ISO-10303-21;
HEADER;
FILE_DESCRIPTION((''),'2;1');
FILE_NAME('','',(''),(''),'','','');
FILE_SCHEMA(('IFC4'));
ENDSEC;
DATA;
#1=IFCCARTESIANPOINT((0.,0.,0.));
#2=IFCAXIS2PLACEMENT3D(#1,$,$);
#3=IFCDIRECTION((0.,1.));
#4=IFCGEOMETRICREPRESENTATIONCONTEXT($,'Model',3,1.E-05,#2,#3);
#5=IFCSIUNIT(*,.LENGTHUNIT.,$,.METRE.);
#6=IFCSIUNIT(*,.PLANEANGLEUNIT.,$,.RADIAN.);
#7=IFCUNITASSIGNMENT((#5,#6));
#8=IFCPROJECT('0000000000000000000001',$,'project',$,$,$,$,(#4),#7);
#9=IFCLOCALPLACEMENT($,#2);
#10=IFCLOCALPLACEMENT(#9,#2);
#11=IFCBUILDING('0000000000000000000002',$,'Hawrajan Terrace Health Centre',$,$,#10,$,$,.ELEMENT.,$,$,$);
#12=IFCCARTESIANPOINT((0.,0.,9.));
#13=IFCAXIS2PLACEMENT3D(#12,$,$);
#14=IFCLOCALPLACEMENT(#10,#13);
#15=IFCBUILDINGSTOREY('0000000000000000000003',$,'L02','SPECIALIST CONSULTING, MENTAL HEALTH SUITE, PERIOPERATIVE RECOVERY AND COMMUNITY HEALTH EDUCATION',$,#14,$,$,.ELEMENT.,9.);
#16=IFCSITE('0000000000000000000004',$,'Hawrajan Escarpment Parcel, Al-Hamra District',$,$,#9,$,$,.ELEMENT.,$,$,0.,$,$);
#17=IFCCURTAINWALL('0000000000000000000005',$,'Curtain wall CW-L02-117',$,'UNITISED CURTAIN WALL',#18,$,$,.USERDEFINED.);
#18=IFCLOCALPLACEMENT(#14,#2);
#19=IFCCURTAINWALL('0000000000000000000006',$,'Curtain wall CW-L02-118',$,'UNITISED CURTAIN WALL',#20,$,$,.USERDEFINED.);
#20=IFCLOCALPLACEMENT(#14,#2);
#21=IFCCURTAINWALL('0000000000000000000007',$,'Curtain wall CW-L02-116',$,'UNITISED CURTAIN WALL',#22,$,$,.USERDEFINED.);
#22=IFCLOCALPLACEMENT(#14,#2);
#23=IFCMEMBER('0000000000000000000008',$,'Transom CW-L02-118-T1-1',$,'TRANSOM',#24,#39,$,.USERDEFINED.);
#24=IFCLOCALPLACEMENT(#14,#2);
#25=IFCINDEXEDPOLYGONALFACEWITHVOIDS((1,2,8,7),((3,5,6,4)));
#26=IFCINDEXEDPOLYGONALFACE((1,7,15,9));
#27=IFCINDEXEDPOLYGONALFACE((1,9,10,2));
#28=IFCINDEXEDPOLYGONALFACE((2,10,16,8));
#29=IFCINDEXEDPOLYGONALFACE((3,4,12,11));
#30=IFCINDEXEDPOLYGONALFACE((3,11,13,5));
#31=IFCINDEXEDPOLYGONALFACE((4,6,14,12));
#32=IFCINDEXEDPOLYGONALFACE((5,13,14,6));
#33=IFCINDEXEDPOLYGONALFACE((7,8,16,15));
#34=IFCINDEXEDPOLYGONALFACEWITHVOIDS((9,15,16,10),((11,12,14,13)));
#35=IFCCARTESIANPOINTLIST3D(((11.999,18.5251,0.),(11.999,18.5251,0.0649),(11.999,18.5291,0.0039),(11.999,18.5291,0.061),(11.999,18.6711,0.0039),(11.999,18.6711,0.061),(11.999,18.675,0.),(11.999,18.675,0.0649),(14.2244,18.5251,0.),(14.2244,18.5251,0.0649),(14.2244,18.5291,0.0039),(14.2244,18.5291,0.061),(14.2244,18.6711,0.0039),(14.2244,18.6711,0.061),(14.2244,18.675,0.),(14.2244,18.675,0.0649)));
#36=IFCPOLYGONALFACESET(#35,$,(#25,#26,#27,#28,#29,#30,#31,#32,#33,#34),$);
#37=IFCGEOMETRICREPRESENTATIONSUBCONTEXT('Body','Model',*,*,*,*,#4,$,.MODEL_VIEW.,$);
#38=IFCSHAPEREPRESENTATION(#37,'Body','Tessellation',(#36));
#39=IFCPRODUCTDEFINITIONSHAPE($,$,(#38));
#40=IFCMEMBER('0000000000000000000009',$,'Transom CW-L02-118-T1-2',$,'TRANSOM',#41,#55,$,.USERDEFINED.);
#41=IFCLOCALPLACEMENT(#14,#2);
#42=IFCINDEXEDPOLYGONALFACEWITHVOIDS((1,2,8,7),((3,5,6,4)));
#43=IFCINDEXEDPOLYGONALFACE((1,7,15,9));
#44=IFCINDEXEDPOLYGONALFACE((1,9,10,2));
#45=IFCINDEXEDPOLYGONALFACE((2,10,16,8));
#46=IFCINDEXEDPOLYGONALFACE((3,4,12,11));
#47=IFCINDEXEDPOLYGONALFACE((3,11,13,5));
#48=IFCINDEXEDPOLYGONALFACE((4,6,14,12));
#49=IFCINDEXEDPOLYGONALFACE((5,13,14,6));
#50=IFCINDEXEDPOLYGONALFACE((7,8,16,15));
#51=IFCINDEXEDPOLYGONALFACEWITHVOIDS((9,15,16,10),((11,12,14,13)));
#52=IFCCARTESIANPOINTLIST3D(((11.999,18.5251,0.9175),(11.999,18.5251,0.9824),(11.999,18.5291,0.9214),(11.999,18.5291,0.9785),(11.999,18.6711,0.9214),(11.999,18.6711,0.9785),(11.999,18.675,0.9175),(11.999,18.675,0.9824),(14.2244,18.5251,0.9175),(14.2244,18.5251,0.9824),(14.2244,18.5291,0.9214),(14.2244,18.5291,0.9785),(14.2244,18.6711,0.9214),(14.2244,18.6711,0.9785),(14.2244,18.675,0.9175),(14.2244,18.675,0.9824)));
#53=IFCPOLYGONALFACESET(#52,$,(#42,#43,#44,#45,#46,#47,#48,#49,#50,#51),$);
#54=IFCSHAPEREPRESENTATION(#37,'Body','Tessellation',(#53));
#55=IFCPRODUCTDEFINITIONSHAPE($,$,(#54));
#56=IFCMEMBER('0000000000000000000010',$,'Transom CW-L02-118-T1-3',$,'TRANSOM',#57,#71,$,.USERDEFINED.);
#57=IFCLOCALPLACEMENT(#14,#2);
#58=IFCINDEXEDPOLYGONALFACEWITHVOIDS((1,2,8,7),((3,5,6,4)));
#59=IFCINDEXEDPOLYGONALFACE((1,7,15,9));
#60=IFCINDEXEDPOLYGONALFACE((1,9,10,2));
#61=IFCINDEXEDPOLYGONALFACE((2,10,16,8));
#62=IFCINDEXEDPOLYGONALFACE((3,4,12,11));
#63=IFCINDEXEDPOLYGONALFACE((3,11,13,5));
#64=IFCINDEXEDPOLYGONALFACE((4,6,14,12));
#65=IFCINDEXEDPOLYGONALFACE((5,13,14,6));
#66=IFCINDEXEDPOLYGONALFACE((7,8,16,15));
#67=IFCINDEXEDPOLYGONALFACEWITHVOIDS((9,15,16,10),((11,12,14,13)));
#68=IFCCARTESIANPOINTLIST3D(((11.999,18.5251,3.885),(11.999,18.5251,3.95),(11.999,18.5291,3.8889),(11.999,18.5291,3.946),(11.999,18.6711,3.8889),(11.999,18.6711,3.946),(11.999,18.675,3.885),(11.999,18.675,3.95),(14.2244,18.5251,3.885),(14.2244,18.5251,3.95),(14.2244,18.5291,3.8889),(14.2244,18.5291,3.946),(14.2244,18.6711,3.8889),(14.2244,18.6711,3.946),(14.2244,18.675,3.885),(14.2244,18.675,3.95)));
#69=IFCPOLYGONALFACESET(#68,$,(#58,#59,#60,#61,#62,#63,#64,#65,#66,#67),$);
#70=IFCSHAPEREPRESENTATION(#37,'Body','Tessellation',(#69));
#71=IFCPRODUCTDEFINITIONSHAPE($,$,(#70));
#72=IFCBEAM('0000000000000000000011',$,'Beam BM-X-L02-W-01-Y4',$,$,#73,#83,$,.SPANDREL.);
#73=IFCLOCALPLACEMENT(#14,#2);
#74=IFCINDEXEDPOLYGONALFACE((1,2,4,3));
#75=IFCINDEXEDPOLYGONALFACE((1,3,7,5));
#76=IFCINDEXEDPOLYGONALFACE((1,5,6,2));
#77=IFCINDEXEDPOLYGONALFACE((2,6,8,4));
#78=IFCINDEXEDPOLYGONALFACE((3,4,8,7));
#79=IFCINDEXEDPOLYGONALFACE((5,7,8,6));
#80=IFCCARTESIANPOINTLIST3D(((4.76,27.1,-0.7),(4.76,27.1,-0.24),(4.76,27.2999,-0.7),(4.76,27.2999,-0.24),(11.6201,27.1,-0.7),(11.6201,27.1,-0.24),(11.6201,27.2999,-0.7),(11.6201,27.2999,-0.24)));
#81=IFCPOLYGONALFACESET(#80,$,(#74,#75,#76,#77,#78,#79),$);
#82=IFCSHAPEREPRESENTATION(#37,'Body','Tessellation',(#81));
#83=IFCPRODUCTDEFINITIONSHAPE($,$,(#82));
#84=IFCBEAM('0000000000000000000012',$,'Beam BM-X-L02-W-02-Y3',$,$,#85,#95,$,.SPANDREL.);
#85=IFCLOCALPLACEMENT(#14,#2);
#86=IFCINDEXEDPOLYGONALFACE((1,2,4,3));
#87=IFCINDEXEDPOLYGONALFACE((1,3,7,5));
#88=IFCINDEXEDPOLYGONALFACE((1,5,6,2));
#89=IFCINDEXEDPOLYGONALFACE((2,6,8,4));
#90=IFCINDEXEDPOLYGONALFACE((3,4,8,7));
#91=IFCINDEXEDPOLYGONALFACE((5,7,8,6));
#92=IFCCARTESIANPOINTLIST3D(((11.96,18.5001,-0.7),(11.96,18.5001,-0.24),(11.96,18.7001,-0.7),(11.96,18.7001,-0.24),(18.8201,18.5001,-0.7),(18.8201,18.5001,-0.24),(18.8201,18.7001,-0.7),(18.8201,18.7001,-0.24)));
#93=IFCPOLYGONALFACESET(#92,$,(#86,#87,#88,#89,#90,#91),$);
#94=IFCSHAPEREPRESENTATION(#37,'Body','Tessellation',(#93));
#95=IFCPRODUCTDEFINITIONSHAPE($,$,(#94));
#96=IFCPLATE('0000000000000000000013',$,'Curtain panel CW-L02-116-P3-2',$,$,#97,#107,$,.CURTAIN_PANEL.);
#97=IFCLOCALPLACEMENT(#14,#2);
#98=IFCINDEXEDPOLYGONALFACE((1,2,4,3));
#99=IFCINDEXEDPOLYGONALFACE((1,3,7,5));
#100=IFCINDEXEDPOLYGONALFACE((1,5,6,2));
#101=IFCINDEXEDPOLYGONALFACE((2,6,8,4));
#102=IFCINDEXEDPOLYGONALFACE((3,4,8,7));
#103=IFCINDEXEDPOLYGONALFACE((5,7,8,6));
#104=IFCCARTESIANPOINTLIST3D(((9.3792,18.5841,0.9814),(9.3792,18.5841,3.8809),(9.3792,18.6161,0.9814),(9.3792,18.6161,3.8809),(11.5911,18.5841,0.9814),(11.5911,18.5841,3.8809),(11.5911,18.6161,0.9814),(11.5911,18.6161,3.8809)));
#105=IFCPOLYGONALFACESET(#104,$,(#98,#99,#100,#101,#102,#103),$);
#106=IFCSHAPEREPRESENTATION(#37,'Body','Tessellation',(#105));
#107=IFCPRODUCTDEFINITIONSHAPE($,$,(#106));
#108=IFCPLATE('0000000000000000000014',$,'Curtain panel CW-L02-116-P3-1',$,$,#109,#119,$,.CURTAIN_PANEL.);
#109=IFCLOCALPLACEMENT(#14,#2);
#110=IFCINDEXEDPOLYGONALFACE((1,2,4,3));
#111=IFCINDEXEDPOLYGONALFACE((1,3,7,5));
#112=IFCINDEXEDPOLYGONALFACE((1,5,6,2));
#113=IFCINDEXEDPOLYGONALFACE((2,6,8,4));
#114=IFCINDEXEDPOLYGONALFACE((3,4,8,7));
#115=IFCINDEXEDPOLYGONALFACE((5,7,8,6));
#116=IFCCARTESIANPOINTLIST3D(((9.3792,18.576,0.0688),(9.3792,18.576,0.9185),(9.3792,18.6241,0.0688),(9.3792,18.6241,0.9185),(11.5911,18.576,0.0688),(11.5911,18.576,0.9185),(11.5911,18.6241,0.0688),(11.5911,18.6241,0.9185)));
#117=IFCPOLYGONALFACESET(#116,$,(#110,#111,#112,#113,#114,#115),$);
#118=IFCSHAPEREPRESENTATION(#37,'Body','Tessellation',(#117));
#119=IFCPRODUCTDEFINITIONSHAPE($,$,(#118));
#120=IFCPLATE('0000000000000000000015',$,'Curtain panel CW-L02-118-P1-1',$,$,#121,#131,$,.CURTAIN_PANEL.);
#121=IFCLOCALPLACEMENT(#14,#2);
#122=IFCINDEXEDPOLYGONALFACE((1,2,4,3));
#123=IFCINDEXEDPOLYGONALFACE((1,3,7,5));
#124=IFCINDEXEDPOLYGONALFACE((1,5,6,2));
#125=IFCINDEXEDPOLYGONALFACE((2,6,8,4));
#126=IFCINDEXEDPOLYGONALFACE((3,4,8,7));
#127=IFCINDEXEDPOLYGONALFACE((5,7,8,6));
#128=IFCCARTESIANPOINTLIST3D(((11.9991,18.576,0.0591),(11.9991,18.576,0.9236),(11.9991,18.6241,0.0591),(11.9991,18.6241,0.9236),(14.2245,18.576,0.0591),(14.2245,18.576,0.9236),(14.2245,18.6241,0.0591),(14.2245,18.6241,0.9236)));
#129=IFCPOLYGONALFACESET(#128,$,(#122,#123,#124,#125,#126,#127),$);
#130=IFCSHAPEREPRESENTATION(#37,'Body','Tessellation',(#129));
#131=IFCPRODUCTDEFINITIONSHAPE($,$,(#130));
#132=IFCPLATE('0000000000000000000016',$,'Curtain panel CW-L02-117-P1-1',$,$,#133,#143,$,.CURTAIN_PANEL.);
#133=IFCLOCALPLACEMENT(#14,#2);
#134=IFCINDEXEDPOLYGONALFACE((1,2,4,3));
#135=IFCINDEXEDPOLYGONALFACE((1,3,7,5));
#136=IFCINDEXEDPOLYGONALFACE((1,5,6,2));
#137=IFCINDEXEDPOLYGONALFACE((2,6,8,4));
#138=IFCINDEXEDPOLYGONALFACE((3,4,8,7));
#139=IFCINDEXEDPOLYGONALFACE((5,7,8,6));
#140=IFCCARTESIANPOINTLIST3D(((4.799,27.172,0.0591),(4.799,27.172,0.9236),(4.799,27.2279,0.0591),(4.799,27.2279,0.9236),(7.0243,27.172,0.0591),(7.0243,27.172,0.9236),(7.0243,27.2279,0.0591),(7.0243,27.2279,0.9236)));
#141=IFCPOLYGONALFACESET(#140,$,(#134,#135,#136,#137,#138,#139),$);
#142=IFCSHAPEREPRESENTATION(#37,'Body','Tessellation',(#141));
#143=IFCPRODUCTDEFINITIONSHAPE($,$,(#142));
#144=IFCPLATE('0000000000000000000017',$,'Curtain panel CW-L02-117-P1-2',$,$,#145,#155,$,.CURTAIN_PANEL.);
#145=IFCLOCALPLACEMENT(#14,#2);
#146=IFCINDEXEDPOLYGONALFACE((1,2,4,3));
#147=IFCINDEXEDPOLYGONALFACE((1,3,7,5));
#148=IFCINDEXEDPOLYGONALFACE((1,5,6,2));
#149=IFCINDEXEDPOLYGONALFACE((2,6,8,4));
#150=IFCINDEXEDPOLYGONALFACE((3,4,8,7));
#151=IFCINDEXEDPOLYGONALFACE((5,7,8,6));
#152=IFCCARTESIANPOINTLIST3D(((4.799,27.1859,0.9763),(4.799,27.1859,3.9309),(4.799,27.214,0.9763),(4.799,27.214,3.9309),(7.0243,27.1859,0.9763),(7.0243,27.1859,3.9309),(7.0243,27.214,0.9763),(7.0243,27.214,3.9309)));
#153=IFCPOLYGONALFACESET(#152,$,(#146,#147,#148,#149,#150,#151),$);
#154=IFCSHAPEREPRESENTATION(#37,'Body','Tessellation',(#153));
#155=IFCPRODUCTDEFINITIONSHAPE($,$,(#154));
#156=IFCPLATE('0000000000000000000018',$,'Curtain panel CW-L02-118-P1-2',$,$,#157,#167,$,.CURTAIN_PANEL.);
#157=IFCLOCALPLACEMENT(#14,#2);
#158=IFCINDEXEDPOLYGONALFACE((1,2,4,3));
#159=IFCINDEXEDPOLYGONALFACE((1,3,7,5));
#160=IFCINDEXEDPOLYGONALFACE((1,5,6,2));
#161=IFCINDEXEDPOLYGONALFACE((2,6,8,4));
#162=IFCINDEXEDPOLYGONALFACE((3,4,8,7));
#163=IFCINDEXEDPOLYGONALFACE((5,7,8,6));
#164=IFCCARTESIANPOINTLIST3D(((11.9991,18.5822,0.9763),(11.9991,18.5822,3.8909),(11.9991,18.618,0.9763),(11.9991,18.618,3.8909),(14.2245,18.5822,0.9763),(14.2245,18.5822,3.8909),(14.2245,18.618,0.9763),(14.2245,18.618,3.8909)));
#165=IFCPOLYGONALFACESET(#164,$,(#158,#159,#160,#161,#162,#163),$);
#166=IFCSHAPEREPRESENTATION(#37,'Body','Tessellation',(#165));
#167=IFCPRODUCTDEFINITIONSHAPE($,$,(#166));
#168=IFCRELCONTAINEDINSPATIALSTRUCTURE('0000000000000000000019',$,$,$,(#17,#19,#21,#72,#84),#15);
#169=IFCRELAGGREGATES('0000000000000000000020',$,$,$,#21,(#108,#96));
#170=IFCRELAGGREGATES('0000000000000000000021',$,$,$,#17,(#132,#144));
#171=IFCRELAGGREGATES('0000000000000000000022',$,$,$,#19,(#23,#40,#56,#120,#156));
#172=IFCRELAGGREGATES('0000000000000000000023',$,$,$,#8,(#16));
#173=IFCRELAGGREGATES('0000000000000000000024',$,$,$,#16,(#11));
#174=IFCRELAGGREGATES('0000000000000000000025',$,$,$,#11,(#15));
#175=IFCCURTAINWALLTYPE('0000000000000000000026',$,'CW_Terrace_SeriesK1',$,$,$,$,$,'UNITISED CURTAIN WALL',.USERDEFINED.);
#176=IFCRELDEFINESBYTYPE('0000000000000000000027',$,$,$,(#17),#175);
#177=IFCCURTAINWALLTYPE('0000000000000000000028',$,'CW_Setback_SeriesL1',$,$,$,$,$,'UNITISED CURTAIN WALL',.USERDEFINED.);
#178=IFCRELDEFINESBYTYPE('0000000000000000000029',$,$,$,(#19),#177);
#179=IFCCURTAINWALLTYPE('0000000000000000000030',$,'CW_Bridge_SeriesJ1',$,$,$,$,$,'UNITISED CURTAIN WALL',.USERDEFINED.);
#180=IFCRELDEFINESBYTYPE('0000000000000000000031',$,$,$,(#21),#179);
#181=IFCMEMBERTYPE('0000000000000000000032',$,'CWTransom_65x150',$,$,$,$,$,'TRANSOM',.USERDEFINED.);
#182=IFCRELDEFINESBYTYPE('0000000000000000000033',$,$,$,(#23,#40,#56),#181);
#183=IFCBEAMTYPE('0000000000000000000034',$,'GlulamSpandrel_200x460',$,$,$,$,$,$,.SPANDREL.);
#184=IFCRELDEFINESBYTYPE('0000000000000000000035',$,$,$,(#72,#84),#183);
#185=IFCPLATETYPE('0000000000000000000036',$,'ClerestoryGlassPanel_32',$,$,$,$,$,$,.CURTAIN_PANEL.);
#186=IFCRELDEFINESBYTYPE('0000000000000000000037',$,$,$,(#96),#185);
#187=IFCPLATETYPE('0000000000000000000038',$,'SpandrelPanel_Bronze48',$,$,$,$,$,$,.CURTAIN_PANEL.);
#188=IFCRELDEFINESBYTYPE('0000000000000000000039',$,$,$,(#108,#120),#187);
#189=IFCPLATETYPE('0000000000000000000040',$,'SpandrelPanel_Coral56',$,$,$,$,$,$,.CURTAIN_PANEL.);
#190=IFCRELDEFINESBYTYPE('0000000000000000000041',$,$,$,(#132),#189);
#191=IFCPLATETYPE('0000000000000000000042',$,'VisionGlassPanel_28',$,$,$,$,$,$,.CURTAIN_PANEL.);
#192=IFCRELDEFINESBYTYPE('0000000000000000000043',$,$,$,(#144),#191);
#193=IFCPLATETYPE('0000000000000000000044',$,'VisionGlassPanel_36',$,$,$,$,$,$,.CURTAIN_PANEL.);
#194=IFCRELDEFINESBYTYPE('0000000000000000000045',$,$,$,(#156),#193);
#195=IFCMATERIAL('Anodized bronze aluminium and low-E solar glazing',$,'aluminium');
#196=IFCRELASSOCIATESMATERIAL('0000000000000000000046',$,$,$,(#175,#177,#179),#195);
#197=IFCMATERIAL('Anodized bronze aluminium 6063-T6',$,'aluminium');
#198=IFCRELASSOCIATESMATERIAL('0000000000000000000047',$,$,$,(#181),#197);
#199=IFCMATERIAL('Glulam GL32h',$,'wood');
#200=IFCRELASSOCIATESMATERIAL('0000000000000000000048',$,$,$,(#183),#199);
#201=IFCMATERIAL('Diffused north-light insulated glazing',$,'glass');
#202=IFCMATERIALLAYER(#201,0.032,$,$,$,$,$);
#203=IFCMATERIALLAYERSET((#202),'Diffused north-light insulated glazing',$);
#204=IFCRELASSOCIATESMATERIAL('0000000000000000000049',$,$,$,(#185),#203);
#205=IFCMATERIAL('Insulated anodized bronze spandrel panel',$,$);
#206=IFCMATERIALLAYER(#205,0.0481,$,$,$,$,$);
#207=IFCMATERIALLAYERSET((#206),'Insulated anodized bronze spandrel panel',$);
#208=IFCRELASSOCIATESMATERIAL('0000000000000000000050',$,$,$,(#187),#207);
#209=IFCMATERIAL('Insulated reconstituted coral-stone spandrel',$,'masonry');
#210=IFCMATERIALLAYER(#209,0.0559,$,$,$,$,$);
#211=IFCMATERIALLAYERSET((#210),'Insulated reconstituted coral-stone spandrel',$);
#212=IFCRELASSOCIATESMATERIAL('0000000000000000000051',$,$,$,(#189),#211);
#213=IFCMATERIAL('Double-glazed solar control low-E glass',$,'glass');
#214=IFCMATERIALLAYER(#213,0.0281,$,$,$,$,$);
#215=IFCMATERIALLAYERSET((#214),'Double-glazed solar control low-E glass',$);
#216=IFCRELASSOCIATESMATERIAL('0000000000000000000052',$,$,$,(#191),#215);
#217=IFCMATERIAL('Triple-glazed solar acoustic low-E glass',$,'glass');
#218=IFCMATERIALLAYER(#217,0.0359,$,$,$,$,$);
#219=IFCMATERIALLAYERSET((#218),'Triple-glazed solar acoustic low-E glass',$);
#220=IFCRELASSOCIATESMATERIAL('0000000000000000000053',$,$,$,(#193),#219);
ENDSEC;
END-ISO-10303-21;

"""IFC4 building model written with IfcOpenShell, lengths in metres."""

from ifc_helpers import new_model, si_unit, direction, frame, origin, origin_2d, place, context, subcontext, project, spatial, rectangle, hollow_rectangle, extrude, material, layer, layer_set, material_profile, profile_set, type_object, element, aggregate, save


model = new_model("IFC4")

# Units and contexts
model_context = context("Model", 3, precision=1e-05, world=origin(), true_north=direction((0.0, 1.0)))
body_context = subcontext(model_context, "Body", "Model", "MODEL_VIEW")
ifc_project = project(units=[si_unit("LENGTHUNIT", "METRE"), si_unit("PLANEANGLEUNIT", "RADIAN")], contexts=[model_context])

# Site, building, storey
site_placement = place(None, origin())
site = spatial("IfcSite", under=ifc_project, at=site_placement, Name="Hawrajan Escarpment Parcel, Al-Hamra District", CompositionType="ELEMENT", RefElevation=0.0)
building_placement = place(site_placement, origin())
building = spatial("IfcBuilding", under=site, at=building_placement, Name="Hawrajan Terrace Health Centre", CompositionType="ELEMENT")
storey_placement = place(building_placement, frame((0.0, 0.0, 9.0)))
storey = spatial("IfcBuildingStorey", under=building, at=storey_placement, Name="L02", Description="SPECIALIST CONSULTING, MENTAL HEALTH SUITE, PERIOPERATIVE RECOVERY AND COMMUNITY HEALTH EDUCATION", CompositionType="ELEMENT", Elevation=9.0)

# Shared definitions
ifc_material_1 = material(Name="Glulam GL32h", Category="wood")

# Curtain wall
ifc_material_2 = material(Name="Anodized bronze aluminium and low-E solar glazing", Category="aluminium")
curtain_wall_type_1 = type_object("IfcCurtainWallType", Name="CW_Terrace_SeriesK1", ElementType="UNITISED CURTAIN WALL", PredefinedType="USERDEFINED", material=ifc_material_2)
curtain_wall_1_placement = place(storey_placement, origin())
curtain_wall_1 = element("IfcCurtainWall", 1, at=curtain_wall_1_placement, inside=storey, type_object=curtain_wall_type_1, Name="Curtain wall CW-L02-117", ObjectType="UNITISED CURTAIN WALL", PredefinedType="USERDEFINED")
ifc_material_3 = material(Name="Anodized bronze aluminium 6063-T6", Category="aluminium")

# Curtain walls
curtain_wall_type_2 = type_object("IfcCurtainWallType", Name="CW_Setback_SeriesL1", ElementType="UNITISED CURTAIN WALL", PredefinedType="USERDEFINED", material=ifc_material_2)
curtain_wall_2_placement = place(storey_placement, origin())
curtain_wall_2 = element("IfcCurtainWall", 2, at=curtain_wall_2_placement, inside=storey, type_object=curtain_wall_type_2, Name="Curtain wall CW-L02-118", ObjectType="UNITISED CURTAIN WALL", PredefinedType="USERDEFINED")
curtain_wall_type_3 = type_object("IfcCurtainWallType", Name="CW_Bridge_SeriesJ1", ElementType="UNITISED CURTAIN WALL", PredefinedType="USERDEFINED", material=ifc_material_2)
curtain_wall_3_placement = place(storey_placement, origin())
curtain_wall_3 = element("IfcCurtainWall", 3, at=curtain_wall_3_placement, inside=storey, type_object=curtain_wall_type_3, Name="Curtain wall CW-L02-116", ObjectType="UNITISED CURTAIN WALL", PredefinedType="USERDEFINED")

# Members
ifc_material_profile_1 = material_profile(ifc_material_3, hollow_rectangle(XDim=0.0649, YDim=0.1499, WallThickness=0.0039, at=origin_2d()), Name="CW TRN 65x150")
ifc_profile_set_1 = profile_set([ifc_material_profile_1], Name="Anodized bronze aluminium 6063-T6")
member_type_1 = type_object("IfcMemberType", Name="CWTransom_65x150", ElementType="TRANSOM", PredefinedType="USERDEFINED", material=ifc_profile_set_1)
member_1_placement = place(storey_placement, frame((11.999, 18.6001, 0.0325), z_axis=(1.0, 0.0, 0.0), x_axis=(0.0, 0.0, 1.0)))
member_1 = element("IfcMember", 4, at=member_1_placement, type_object=member_type_1, Name="Transom CW-L02-118-T1-1", ObjectType="TRANSOM", PredefinedType="USERDEFINED", context=body_context, shape_type="SweptSolid", body=[
    extrude(hollow_rectangle(XDim=0.0649, YDim=0.1499, WallThickness=0.0039, at=origin_2d()), origin(), (0.0, 0.0, 1.0), 2.2253),
])
member_2_placement = place(storey_placement, frame((11.999, 18.6001, 0.95), z_axis=(1.0, 0.0, 0.0), x_axis=(0.0, 0.0, 1.0)))
member_2 = element("IfcMember", 5, at=member_2_placement, type_object=member_type_1, Name="Transom CW-L02-118-T1-2", ObjectType="TRANSOM", PredefinedType="USERDEFINED", context=body_context, shape_type="SweptSolid", body=[
    extrude(hollow_rectangle(XDim=0.0649, YDim=0.1499, WallThickness=0.0039, at=origin_2d()), origin(), (0.0, 0.0, 1.0), 2.2253),
])
member_3_placement = place(storey_placement, frame((11.999, 18.6001, 3.9175), z_axis=(1.0, 0.0, 0.0), x_axis=(0.0, 0.0, 1.0)))
member_3 = element("IfcMember", 6, at=member_3_placement, type_object=member_type_1, Name="Transom CW-L02-118-T1-3", ObjectType="TRANSOM", PredefinedType="USERDEFINED", context=body_context, shape_type="SweptSolid", body=[
    extrude(hollow_rectangle(XDim=0.0649, YDim=0.1499, WallThickness=0.0039, at=origin_2d()), origin(), (0.0, 0.0, 1.0), 2.2253),
])

# Beams
ifc_material_profile_2 = material_profile(ifc_material_1, rectangle(XDim=0.2, YDim=0.46, at=origin_2d()), Name="GL SP 200x460")
ifc_profile_set_2 = profile_set([ifc_material_profile_2], Name="Glulam GL32h")
beam_type = type_object("IfcBeamType", Name="GlulamSpandrel_200x460", PredefinedType="SPANDREL", material=ifc_profile_set_2)
for number, where, z_axis, x_axis, name in (
    (7, (4.76, 27.2, -0.47), (1.0, 0.0, 0.0), (0.0, 1.0, 0.0), "Beam BM-X-L02-W-01-Y4"),
    (8, (11.96, 18.6001, -0.47), (1.0, 0.0, 0.0), (0.0, 1.0, 0.0), "Beam BM-X-L02-W-02-Y3"),
):
    element("IfcBeam", number, at=place(storey_placement, frame(where, z_axis=z_axis, x_axis=x_axis)), inside=storey, type_object=beam_type, Name=name, PredefinedType="SPANDREL", context=body_context, shape_type="SweptSolid", body=[
        extrude(rectangle(XDim=0.2, YDim=0.46, at=origin_2d()), origin(), (0.0, 0.0, 1.0), 6.8601),
    ])

# Plates
ifc_material_4 = material(Name="Diffused north-light insulated glazing", Category="glass")
ifc_layer_1 = layer(ifc_material_4, 0.032)
ifc_layer_set_1 = layer_set([ifc_layer_1], Name="Diffused north-light insulated glazing")
plate_type_1 = type_object("IfcPlateType", Name="ClerestoryGlassPanel_32", PredefinedType="CURTAIN_PANEL", material=ifc_layer_set_1)
plate_1_placement = place(storey_placement, frame((10.4851, 18.6001, 0.9814), z_axis=(0.0, 0.0, 1.0), x_axis=(1.0, 0.0, 0.0)))
plate_1 = element("IfcPlate", 9, at=plate_1_placement, type_object=plate_type_1, Name="Curtain panel CW-L02-116-P3-2", PredefinedType="CURTAIN_PANEL", context=body_context, shape_type="SweptSolid", body=[
    extrude(rectangle(XDim=2.2119, YDim=0.032, at=origin_2d()), origin(), (0.0, 0.0, 1.0), 2.8994),
])
ifc_material_5 = material(Name="Insulated anodized bronze spandrel panel")
ifc_layer_2 = layer(ifc_material_5, 0.0481)
ifc_layer_set_2 = layer_set([ifc_layer_2], Name="Insulated anodized bronze spandrel panel")
plate_type_2 = type_object("IfcPlateType", Name="SpandrelPanel_Bronze48", PredefinedType="CURTAIN_PANEL", material=ifc_layer_set_2)
plate_2_placement = place(storey_placement, frame((10.4851, 18.6001, 0.0688), z_axis=(0.0, 0.0, 1.0), x_axis=(1.0, 0.0, 0.0)))
plate_2 = element("IfcPlate", 10, at=plate_2_placement, type_object=plate_type_2, Name="Curtain panel CW-L02-116-P3-1", PredefinedType="CURTAIN_PANEL", context=body_context, shape_type="SweptSolid", body=[
    extrude(rectangle(XDim=2.2119, YDim=0.0481, at=origin_2d()), origin(), (0.0, 0.0, 1.0), 0.8496),
])
aggregate(curtain_wall_3, [plate_2, plate_1])
plate_3_placement = place(storey_placement, frame((13.1118, 18.6001, 0.0591), z_axis=(0.0, 0.0, 1.0), x_axis=(1.0, 0.0, 0.0)))
plate_3 = element("IfcPlate", 11, at=plate_3_placement, type_object=plate_type_2, Name="Curtain panel CW-L02-118-P1-1", PredefinedType="CURTAIN_PANEL", context=body_context, shape_type="SweptSolid", body=[
    extrude(rectangle(XDim=2.2253, YDim=0.0481, at=origin_2d()), origin(), (0.0, 0.0, 1.0), 0.8645),
])
ifc_material_6 = material(Name="Insulated reconstituted coral-stone spandrel", Category="masonry")
ifc_layer_3 = layer(ifc_material_6, 0.0559)
ifc_layer_set_3 = layer_set([ifc_layer_3], Name="Insulated reconstituted coral-stone spandrel")
plate_type_3 = type_object("IfcPlateType", Name="SpandrelPanel_Coral56", PredefinedType="CURTAIN_PANEL", material=ifc_layer_set_3)
plate_4_placement = place(storey_placement, frame((5.9116, 27.2, 0.0591), z_axis=(0.0, 0.0, 1.0), x_axis=(1.0, 0.0, 0.0)))
plate_4 = element("IfcPlate", 12, at=plate_4_placement, type_object=plate_type_3, Name="Curtain panel CW-L02-117-P1-1", PredefinedType="CURTAIN_PANEL", context=body_context, shape_type="SweptSolid", body=[
    extrude(rectangle(XDim=2.2253, YDim=0.0559, at=origin_2d()), origin(), (0.0, 0.0, 1.0), 0.8645),
])
ifc_material_7 = material(Name="Double-glazed solar control low-E glass", Category="glass")
ifc_layer_4 = layer(ifc_material_7, 0.0281)
ifc_layer_set_4 = layer_set([ifc_layer_4], Name="Double-glazed solar control low-E glass")
plate_type_4 = type_object("IfcPlateType", Name="VisionGlassPanel_28", PredefinedType="CURTAIN_PANEL", material=ifc_layer_set_4)
plate_5_placement = place(storey_placement, frame((5.9116, 27.2, 0.9763), z_axis=(0.0, 0.0, 1.0), x_axis=(1.0, 0.0, 0.0)))
plate_5 = element("IfcPlate", 13, at=plate_5_placement, type_object=plate_type_4, Name="Curtain panel CW-L02-117-P1-2", PredefinedType="CURTAIN_PANEL", context=body_context, shape_type="SweptSolid", body=[
    extrude(rectangle(XDim=2.2253, YDim=0.0281, at=origin_2d()), origin(), (0.0, 0.0, 1.0), 2.9546),
])
aggregate(curtain_wall_1, [plate_4, plate_5])
ifc_material_8 = material(Name="Triple-glazed solar acoustic low-E glass", Category="glass")
ifc_layer_5 = layer(ifc_material_8, 0.0359)
ifc_layer_set_5 = layer_set([ifc_layer_5], Name="Triple-glazed solar acoustic low-E glass")
plate_type_5 = type_object("IfcPlateType", Name="VisionGlassPanel_36", PredefinedType="CURTAIN_PANEL", material=ifc_layer_set_5)
plate_6_placement = place(storey_placement, frame((13.1118, 18.6001, 0.9763), z_axis=(0.0, 0.0, 1.0), x_axis=(1.0, 0.0, 0.0)))
plate_6 = element("IfcPlate", 14, at=plate_6_placement, type_object=plate_type_5, Name="Curtain panel CW-L02-118-P1-2", PredefinedType="CURTAIN_PANEL", context=body_context, shape_type="SweptSolid", body=[
    extrude(rectangle(XDim=2.2253, YDim=0.0359, at=origin_2d()), origin(), (0.0, 0.0, 1.0), 2.9146),
])
aggregate(curtain_wall_2, [member_1, member_2, member_3, plate_3, plate_6])

save(model, "model.ifc")
